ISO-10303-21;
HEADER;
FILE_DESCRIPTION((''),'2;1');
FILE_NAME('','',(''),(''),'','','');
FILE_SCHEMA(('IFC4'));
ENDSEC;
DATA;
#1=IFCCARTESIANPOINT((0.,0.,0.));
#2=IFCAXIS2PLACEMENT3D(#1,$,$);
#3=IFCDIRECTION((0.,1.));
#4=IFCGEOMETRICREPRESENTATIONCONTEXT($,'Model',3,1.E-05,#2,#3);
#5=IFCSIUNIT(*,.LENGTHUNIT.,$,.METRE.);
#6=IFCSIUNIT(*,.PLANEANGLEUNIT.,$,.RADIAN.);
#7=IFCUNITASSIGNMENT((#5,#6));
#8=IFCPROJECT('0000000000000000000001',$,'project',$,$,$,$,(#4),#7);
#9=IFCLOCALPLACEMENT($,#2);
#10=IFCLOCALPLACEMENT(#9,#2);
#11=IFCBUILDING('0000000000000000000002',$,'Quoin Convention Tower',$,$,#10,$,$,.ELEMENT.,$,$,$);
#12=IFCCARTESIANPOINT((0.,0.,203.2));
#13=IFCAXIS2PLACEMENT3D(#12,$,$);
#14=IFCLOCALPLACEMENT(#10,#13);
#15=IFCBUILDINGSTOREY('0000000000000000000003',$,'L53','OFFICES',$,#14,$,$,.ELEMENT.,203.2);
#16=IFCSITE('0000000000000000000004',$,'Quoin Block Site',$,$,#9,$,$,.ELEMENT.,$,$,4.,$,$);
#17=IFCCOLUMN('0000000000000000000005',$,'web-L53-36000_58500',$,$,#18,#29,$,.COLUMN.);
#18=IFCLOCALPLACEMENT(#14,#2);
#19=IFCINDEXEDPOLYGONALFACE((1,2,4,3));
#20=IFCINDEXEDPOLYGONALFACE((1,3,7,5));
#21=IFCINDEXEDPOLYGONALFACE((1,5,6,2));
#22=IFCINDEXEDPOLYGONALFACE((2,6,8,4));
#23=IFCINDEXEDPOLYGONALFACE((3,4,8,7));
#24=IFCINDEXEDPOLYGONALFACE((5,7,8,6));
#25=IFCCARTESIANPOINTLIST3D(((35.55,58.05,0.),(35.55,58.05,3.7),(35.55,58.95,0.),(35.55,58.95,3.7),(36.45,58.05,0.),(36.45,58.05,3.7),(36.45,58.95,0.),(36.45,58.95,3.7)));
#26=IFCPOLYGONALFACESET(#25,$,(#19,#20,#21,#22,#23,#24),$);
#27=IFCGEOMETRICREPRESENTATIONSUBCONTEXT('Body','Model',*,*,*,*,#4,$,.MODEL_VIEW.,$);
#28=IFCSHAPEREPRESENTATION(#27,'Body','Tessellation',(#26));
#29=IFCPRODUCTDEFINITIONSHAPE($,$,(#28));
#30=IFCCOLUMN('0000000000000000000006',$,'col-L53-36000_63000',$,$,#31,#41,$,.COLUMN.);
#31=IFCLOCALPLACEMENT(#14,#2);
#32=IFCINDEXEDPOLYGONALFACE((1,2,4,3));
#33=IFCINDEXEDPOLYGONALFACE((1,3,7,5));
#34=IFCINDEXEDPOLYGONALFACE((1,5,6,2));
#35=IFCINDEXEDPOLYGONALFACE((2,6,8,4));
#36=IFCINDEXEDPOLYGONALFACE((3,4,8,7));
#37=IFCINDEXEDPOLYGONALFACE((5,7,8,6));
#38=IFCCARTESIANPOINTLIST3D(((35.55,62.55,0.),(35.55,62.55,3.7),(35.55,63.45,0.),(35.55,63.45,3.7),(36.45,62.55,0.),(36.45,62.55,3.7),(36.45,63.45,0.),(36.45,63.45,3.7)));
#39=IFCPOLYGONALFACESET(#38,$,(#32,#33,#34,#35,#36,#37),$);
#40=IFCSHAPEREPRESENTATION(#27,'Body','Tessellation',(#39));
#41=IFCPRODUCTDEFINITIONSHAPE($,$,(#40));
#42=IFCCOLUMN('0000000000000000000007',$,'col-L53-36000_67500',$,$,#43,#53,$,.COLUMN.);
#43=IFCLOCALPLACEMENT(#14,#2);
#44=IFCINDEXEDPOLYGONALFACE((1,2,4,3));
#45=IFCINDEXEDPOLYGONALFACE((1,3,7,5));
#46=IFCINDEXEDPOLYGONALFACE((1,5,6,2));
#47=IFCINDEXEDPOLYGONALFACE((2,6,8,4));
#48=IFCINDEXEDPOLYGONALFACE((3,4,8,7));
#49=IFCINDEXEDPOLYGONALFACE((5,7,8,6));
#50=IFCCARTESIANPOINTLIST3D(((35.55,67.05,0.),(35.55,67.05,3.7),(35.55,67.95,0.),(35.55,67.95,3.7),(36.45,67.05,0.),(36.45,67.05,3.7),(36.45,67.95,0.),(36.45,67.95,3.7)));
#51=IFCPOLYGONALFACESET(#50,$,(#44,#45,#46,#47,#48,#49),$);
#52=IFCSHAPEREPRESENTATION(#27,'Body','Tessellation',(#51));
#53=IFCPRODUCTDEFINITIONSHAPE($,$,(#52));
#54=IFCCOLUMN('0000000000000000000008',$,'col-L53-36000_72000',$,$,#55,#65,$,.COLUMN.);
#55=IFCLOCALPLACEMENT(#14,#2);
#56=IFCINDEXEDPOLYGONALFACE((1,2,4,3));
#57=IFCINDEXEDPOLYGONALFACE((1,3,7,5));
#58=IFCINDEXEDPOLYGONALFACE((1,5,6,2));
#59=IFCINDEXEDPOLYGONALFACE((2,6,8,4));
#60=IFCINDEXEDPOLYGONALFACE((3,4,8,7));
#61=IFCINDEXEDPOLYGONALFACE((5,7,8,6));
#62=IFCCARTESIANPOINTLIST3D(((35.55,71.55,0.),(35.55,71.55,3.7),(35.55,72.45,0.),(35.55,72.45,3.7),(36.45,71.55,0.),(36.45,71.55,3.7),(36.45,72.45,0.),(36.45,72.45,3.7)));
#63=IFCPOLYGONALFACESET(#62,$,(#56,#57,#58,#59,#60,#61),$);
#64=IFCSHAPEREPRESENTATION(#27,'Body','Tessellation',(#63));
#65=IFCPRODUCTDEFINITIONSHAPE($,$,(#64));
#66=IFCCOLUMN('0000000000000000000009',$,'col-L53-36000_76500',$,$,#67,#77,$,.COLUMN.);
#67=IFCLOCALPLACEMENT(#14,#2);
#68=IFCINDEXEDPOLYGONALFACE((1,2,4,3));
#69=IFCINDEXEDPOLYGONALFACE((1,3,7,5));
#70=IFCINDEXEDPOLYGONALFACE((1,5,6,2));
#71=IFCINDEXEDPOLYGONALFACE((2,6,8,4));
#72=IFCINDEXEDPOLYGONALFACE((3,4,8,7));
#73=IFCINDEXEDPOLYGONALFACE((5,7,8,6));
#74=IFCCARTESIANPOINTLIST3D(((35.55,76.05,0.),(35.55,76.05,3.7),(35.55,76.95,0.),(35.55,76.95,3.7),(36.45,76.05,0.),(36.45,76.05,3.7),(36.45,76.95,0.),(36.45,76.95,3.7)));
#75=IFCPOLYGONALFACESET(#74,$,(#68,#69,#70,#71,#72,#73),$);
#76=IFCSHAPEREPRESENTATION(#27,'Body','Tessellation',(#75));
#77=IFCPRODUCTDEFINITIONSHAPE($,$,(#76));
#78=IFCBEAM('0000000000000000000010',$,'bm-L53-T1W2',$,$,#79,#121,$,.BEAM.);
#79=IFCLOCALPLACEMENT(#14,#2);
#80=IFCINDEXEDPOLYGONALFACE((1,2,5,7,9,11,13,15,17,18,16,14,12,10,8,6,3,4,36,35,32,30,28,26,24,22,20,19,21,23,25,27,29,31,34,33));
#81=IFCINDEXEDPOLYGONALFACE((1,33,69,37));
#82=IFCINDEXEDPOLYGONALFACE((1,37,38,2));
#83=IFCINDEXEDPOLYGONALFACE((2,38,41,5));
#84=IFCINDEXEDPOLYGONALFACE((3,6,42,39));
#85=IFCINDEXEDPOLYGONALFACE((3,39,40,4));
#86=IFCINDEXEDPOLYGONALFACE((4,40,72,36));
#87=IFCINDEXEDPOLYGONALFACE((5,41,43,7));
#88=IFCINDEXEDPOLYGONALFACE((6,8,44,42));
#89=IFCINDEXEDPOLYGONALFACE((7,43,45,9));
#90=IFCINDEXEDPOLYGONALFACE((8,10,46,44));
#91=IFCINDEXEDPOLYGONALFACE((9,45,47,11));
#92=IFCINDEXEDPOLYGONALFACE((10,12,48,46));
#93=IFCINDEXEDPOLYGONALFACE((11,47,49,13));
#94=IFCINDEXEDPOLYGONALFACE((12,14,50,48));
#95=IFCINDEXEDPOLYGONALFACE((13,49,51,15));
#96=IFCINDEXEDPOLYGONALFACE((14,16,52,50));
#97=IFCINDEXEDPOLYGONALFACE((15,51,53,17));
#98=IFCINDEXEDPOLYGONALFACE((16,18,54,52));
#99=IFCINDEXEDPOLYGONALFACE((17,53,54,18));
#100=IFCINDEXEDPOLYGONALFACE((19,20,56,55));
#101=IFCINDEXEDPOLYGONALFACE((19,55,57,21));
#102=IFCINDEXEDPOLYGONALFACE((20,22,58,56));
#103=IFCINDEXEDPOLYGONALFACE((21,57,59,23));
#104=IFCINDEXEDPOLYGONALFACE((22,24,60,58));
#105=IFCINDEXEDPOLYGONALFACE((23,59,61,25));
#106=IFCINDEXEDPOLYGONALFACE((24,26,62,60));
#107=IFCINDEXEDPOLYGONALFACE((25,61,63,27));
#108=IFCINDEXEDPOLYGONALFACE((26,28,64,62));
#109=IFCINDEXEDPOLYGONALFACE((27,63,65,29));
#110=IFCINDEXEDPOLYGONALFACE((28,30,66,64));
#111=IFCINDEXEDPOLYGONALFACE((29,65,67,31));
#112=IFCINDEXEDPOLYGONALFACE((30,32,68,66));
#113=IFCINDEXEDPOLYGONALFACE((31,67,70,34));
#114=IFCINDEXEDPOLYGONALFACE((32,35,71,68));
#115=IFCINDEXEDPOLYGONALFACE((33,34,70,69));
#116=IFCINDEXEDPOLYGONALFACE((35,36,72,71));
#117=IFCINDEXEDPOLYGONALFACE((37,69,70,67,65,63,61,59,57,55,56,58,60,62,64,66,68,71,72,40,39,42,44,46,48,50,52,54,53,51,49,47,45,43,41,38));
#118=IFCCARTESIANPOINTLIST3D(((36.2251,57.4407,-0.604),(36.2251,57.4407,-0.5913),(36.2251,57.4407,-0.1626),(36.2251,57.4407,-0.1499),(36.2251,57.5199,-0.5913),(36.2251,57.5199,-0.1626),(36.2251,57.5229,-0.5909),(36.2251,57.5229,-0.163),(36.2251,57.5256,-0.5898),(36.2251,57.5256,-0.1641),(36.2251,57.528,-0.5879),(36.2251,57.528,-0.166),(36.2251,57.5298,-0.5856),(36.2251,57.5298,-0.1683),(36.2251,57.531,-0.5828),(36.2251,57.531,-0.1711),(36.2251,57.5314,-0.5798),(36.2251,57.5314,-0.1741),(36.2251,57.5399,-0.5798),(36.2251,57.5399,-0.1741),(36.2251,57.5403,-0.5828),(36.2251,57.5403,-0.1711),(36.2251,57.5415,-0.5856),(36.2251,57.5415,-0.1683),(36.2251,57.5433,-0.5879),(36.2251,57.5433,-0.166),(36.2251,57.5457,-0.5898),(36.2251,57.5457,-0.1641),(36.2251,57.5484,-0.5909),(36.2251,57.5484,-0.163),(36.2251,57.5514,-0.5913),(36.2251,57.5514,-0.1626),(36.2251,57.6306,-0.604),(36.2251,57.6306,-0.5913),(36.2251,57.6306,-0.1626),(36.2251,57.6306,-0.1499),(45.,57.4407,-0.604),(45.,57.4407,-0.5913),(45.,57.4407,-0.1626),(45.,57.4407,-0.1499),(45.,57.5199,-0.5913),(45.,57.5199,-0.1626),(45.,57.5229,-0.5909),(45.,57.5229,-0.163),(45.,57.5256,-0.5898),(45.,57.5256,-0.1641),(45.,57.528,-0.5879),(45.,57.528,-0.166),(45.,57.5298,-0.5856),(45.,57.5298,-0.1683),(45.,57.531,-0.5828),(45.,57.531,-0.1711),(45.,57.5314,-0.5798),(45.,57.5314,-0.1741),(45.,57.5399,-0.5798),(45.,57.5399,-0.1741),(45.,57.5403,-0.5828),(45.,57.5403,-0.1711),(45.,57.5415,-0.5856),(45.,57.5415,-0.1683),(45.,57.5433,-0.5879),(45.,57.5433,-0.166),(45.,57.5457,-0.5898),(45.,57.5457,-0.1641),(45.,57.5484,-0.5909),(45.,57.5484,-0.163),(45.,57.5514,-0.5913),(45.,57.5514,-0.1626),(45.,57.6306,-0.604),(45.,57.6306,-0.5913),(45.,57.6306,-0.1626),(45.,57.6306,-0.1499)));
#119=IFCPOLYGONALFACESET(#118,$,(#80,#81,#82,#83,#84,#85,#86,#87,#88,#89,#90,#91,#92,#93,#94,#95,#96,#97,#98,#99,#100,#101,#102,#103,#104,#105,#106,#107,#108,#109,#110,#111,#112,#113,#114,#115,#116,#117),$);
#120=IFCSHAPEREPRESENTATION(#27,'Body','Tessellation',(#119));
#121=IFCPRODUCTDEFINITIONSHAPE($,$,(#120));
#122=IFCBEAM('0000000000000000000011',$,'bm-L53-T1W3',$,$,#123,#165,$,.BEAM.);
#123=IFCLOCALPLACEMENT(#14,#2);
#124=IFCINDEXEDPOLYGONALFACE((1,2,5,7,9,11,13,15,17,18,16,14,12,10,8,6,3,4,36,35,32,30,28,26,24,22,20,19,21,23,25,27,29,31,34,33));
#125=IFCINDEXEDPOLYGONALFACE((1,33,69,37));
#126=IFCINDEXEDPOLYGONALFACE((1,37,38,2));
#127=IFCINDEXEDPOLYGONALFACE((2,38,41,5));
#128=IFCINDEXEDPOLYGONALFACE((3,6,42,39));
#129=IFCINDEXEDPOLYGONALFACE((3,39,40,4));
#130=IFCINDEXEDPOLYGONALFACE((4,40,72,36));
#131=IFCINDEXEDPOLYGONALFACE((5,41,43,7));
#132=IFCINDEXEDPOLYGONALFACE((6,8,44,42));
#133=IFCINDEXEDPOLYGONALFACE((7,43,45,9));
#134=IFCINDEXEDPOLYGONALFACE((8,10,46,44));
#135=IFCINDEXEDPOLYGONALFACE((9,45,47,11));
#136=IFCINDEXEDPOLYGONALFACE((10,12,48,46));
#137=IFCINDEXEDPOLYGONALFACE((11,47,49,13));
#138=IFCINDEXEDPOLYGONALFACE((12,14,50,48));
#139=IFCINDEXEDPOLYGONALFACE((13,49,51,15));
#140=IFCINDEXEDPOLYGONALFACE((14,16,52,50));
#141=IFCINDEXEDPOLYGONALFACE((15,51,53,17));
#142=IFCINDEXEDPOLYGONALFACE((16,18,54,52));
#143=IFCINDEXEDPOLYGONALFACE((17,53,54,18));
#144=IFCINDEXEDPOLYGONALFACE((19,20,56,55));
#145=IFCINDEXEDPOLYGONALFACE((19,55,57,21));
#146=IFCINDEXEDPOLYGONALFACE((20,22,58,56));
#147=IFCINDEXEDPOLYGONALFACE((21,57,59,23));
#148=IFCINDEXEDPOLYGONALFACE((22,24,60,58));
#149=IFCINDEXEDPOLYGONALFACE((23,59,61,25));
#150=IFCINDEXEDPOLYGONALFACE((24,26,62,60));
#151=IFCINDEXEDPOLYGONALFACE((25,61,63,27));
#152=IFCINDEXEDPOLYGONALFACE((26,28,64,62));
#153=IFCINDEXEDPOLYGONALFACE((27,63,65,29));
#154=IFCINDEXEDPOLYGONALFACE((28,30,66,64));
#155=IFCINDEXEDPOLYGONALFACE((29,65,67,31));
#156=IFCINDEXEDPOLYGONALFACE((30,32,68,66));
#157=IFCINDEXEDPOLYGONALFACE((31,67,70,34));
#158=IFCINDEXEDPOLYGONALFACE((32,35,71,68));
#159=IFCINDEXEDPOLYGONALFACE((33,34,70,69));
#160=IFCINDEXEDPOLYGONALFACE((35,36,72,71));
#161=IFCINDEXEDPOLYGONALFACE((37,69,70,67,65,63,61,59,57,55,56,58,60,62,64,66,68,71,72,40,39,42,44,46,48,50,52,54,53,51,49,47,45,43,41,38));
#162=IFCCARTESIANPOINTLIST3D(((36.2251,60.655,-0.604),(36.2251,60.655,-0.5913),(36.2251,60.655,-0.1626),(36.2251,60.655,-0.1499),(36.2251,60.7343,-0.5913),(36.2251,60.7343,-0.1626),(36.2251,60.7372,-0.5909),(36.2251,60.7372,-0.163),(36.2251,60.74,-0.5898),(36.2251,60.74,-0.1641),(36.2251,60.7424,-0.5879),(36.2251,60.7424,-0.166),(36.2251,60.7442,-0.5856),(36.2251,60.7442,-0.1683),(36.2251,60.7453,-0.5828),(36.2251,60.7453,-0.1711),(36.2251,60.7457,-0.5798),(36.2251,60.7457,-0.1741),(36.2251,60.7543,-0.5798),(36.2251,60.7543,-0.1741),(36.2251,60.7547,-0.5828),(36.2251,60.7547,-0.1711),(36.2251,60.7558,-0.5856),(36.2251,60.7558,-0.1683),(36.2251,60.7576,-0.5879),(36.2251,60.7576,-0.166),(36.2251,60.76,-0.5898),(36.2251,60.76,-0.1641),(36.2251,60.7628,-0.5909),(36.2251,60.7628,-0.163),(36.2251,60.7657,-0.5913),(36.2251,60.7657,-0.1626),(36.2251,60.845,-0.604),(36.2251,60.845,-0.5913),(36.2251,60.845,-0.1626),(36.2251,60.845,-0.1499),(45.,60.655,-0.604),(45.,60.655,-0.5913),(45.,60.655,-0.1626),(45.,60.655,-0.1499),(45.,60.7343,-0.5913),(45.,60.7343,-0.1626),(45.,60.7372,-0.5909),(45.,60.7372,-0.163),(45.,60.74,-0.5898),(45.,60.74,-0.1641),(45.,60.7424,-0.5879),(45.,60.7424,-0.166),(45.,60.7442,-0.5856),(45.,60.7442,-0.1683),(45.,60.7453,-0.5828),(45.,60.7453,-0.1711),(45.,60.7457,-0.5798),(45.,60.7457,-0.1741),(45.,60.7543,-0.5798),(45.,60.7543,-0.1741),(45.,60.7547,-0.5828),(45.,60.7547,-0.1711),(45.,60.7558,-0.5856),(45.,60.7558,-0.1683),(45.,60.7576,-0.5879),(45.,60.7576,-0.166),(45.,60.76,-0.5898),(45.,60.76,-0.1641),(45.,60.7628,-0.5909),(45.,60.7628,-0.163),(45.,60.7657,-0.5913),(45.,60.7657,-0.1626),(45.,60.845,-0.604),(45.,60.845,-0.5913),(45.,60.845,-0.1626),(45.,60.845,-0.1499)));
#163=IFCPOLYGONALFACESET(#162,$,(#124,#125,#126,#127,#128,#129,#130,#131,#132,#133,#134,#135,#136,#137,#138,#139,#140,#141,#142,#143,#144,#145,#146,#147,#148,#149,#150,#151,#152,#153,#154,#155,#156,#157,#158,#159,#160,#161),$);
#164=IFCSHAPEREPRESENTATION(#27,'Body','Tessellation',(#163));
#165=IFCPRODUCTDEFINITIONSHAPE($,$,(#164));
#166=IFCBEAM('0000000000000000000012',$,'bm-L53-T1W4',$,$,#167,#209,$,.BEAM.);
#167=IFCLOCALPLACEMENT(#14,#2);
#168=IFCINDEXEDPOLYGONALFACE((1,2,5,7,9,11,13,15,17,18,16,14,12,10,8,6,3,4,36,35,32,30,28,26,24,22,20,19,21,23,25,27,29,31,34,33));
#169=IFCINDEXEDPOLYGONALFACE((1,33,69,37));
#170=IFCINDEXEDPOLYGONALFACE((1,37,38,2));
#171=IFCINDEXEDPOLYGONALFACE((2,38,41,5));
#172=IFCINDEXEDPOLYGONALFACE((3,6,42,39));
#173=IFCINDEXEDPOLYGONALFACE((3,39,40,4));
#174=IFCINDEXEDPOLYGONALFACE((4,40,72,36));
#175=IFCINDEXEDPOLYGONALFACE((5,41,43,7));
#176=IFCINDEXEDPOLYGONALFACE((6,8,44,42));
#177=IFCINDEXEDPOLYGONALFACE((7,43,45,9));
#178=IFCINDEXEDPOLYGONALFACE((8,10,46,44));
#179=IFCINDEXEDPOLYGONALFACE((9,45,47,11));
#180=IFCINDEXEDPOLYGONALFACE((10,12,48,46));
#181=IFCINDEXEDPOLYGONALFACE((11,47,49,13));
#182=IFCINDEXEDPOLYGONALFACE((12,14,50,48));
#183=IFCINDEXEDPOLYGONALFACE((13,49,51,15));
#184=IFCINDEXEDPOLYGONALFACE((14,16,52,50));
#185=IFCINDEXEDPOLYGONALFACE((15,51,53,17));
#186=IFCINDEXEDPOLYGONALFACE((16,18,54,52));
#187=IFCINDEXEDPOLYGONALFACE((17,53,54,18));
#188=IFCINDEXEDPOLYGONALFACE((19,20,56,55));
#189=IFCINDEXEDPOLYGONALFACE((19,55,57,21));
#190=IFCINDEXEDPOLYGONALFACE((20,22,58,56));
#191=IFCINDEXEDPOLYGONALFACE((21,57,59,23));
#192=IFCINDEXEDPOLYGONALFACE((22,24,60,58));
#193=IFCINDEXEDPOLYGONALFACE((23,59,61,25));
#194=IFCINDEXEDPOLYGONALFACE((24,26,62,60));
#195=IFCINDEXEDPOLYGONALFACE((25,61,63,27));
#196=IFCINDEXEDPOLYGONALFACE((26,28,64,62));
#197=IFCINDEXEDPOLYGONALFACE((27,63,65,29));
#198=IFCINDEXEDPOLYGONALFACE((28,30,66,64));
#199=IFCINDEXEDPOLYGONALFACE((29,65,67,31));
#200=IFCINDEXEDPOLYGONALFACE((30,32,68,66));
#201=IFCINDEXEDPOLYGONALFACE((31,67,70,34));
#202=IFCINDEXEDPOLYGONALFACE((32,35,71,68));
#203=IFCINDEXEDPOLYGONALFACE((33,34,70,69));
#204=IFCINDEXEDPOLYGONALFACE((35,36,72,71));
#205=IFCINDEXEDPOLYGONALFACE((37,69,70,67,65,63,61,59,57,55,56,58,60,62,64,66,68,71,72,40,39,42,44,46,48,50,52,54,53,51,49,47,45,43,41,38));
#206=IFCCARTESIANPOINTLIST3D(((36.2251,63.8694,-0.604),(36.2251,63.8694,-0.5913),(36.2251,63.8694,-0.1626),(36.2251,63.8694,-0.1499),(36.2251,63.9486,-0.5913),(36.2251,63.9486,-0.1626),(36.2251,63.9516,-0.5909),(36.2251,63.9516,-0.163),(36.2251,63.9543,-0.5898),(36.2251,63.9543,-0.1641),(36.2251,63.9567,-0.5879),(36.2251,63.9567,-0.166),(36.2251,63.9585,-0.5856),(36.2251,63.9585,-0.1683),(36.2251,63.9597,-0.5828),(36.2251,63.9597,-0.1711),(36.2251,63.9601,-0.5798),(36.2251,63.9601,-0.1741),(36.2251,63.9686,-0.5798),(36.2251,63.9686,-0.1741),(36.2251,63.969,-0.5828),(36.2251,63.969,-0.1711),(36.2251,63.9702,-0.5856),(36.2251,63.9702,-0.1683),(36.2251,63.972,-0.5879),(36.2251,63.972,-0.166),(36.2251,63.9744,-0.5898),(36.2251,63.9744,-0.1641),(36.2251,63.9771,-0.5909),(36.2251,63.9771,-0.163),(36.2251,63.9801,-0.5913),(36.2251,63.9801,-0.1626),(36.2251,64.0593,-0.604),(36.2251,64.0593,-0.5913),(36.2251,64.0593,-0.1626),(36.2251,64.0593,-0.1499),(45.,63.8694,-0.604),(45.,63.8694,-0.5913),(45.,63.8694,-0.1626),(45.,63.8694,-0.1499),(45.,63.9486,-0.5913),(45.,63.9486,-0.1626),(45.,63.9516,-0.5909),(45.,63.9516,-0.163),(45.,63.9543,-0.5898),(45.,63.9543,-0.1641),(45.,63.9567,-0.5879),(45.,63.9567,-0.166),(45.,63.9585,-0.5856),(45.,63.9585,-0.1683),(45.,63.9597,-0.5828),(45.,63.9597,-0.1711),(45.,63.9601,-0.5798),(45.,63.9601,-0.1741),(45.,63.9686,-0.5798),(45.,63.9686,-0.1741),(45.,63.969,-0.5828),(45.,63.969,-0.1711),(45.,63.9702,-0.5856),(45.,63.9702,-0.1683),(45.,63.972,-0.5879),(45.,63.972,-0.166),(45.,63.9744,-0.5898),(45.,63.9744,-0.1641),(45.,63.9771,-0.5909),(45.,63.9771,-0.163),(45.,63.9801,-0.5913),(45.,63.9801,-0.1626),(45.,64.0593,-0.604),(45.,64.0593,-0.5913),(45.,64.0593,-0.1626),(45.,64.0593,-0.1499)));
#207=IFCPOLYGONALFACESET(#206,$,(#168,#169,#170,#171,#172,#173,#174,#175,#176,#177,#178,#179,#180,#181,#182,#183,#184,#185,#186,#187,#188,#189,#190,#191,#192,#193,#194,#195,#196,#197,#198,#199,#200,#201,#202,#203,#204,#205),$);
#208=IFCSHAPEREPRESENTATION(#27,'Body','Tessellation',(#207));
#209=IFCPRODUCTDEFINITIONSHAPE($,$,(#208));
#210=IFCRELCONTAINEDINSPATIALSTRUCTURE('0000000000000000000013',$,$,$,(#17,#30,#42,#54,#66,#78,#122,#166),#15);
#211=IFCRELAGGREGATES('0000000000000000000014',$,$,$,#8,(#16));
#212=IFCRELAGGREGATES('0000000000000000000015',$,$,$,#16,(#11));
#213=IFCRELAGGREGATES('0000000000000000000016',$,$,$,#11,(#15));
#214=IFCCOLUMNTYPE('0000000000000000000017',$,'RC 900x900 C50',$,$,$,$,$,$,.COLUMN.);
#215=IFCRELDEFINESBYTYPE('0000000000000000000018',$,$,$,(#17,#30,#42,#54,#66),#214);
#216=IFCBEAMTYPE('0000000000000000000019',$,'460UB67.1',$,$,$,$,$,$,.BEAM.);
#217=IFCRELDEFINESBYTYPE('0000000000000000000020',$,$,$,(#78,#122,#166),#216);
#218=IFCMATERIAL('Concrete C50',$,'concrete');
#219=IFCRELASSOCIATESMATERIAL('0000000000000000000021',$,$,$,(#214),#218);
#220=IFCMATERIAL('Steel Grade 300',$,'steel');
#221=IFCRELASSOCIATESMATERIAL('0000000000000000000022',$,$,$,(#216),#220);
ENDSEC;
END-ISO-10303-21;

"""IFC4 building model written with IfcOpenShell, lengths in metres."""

from ifc_helpers import new_model, si_unit, direction, frame, origin, origin_2d, place, context, subcontext, project, spatial, rectangle, i_section, extrude, material, material_profile, profile_set, type_object, element, save


model = new_model("IFC4")

# Units and contexts
model_context = context("Model", 3, precision=1e-05, world=origin(), true_north=direction((0.0, 1.0)))
body_context = subcontext(model_context, "Body", "Model", "MODEL_VIEW")
ifc_project = project(units=[si_unit("LENGTHUNIT", "METRE"), si_unit("PLANEANGLEUNIT", "RADIAN")], contexts=[model_context])

# Site, building, storey
site_placement = place(None, origin())
site = spatial("IfcSite", under=ifc_project, at=site_placement, Name="Quoin Block Site", CompositionType="ELEMENT", RefElevation=4.0)
building_placement = place(site_placement, origin())
building = spatial("IfcBuilding", under=site, at=building_placement, Name="Quoin Convention Tower", CompositionType="ELEMENT")
storey_placement = place(building_placement, frame((0.0, 0.0, 203.2)))
storey = spatial("IfcBuildingStorey", under=building, at=storey_placement, Name="L53", Description="OFFICES", CompositionType="ELEMENT", Elevation=203.2)

# Columns
ifc_material_1 = material(Name="Concrete C50", Category="concrete")
ifc_material_profile_1 = material_profile(ifc_material_1, rectangle(XDim=0.8999, YDim=0.8999, at=origin_2d()), Name="RC 900x900")
ifc_profile_set_1 = profile_set([ifc_material_profile_1], Name="Concrete C50")
column_type = type_object("IfcColumnType", Name="RC 900x900 C50", PredefinedType="COLUMN", material=ifc_profile_set_1)
for number, where, z_axis, x_axis, name in (
    (1, (36.0, 58.5, 0.0), (0.0, 0.0, 1.0), (1.0, 0.0, 0.0), "web-L53-36000_58500"),
    (2, (36.0, 63.0, 0.0), (0.0, 0.0, 1.0), (1.0, 0.0, 0.0), "col-L53-36000_63000"),
    (3, (36.0, 67.5, 0.0), (0.0, 0.0, 1.0), (1.0, 0.0, 0.0), "col-L53-36000_67500"),
    (4, (36.0, 72.0, 0.0), (0.0, 0.0, 1.0), (1.0, 0.0, 0.0), "col-L53-36000_72000"),
    (5, (36.0, 76.5, 0.0), (0.0, 0.0, 1.0), (1.0, 0.0, 0.0), "col-L53-36000_76500"),
):
    element("IfcColumn", number, at=place(storey_placement, frame(where, z_axis=z_axis, x_axis=x_axis)), inside=storey, type_object=column_type, Name=name, PredefinedType="COLUMN", context=body_context, shape_type="SweptSolid", body=[
        extrude(rectangle(XDim=0.8999, YDim=0.8999, at=origin_2d()), origin(), (0.0, 0.0, 1.0), 3.7),
    ])

# Beams
ifc_material_2 = material(Name="Steel Grade 300", Category="steel")
ifc_material_profile_2 = material_profile(ifc_material_2, i_section(OverallWidth=0.1899, OverallDepth=0.4541, WebThickness=0.0085, FlangeThickness=0.0127, FilletRadius=0.0115, at=origin_2d()), Name="460UB67.1")
ifc_profile_set_2 = profile_set([ifc_material_profile_2], Name="Steel Grade 300")
beam_type_1 = type_object("IfcBeamType", Name="460UB67.1", PredefinedType="BEAM", material=ifc_profile_set_2)
for number, where, z_axis, x_axis, name in (
    (6, (36.2251, 57.5356, -0.377), (1.0, 0.0, 0.0), (0.0, 1.0, 0.0), "bm-L53-T1W2"),
    (7, (36.2251, 60.75, -0.377), (1.0, 0.0, 0.0), (0.0, 1.0, 0.0), "bm-L53-T1W3"),
    (8, (36.2251, 63.9644, -0.377), (1.0, 0.0, 0.0), (0.0, 1.0, 0.0), "bm-L53-T1W4"),
):
    element("IfcBeam", number, at=place(storey_placement, frame(where, z_axis=z_axis, x_axis=x_axis)), inside=storey, type_object=beam_type_1, Name=name, PredefinedType="BEAM", context=body_context, shape_type="SweptSolid", body=[
        extrude(i_section(OverallWidth=0.1899, OverallDepth=0.4541, WebThickness=0.0085, FlangeThickness=0.0127, FilletRadius=0.0115, at=origin_2d()), origin(), (0.0, 0.0, 1.0), 8.7749),
    ])

save(model, "model.ifc")
